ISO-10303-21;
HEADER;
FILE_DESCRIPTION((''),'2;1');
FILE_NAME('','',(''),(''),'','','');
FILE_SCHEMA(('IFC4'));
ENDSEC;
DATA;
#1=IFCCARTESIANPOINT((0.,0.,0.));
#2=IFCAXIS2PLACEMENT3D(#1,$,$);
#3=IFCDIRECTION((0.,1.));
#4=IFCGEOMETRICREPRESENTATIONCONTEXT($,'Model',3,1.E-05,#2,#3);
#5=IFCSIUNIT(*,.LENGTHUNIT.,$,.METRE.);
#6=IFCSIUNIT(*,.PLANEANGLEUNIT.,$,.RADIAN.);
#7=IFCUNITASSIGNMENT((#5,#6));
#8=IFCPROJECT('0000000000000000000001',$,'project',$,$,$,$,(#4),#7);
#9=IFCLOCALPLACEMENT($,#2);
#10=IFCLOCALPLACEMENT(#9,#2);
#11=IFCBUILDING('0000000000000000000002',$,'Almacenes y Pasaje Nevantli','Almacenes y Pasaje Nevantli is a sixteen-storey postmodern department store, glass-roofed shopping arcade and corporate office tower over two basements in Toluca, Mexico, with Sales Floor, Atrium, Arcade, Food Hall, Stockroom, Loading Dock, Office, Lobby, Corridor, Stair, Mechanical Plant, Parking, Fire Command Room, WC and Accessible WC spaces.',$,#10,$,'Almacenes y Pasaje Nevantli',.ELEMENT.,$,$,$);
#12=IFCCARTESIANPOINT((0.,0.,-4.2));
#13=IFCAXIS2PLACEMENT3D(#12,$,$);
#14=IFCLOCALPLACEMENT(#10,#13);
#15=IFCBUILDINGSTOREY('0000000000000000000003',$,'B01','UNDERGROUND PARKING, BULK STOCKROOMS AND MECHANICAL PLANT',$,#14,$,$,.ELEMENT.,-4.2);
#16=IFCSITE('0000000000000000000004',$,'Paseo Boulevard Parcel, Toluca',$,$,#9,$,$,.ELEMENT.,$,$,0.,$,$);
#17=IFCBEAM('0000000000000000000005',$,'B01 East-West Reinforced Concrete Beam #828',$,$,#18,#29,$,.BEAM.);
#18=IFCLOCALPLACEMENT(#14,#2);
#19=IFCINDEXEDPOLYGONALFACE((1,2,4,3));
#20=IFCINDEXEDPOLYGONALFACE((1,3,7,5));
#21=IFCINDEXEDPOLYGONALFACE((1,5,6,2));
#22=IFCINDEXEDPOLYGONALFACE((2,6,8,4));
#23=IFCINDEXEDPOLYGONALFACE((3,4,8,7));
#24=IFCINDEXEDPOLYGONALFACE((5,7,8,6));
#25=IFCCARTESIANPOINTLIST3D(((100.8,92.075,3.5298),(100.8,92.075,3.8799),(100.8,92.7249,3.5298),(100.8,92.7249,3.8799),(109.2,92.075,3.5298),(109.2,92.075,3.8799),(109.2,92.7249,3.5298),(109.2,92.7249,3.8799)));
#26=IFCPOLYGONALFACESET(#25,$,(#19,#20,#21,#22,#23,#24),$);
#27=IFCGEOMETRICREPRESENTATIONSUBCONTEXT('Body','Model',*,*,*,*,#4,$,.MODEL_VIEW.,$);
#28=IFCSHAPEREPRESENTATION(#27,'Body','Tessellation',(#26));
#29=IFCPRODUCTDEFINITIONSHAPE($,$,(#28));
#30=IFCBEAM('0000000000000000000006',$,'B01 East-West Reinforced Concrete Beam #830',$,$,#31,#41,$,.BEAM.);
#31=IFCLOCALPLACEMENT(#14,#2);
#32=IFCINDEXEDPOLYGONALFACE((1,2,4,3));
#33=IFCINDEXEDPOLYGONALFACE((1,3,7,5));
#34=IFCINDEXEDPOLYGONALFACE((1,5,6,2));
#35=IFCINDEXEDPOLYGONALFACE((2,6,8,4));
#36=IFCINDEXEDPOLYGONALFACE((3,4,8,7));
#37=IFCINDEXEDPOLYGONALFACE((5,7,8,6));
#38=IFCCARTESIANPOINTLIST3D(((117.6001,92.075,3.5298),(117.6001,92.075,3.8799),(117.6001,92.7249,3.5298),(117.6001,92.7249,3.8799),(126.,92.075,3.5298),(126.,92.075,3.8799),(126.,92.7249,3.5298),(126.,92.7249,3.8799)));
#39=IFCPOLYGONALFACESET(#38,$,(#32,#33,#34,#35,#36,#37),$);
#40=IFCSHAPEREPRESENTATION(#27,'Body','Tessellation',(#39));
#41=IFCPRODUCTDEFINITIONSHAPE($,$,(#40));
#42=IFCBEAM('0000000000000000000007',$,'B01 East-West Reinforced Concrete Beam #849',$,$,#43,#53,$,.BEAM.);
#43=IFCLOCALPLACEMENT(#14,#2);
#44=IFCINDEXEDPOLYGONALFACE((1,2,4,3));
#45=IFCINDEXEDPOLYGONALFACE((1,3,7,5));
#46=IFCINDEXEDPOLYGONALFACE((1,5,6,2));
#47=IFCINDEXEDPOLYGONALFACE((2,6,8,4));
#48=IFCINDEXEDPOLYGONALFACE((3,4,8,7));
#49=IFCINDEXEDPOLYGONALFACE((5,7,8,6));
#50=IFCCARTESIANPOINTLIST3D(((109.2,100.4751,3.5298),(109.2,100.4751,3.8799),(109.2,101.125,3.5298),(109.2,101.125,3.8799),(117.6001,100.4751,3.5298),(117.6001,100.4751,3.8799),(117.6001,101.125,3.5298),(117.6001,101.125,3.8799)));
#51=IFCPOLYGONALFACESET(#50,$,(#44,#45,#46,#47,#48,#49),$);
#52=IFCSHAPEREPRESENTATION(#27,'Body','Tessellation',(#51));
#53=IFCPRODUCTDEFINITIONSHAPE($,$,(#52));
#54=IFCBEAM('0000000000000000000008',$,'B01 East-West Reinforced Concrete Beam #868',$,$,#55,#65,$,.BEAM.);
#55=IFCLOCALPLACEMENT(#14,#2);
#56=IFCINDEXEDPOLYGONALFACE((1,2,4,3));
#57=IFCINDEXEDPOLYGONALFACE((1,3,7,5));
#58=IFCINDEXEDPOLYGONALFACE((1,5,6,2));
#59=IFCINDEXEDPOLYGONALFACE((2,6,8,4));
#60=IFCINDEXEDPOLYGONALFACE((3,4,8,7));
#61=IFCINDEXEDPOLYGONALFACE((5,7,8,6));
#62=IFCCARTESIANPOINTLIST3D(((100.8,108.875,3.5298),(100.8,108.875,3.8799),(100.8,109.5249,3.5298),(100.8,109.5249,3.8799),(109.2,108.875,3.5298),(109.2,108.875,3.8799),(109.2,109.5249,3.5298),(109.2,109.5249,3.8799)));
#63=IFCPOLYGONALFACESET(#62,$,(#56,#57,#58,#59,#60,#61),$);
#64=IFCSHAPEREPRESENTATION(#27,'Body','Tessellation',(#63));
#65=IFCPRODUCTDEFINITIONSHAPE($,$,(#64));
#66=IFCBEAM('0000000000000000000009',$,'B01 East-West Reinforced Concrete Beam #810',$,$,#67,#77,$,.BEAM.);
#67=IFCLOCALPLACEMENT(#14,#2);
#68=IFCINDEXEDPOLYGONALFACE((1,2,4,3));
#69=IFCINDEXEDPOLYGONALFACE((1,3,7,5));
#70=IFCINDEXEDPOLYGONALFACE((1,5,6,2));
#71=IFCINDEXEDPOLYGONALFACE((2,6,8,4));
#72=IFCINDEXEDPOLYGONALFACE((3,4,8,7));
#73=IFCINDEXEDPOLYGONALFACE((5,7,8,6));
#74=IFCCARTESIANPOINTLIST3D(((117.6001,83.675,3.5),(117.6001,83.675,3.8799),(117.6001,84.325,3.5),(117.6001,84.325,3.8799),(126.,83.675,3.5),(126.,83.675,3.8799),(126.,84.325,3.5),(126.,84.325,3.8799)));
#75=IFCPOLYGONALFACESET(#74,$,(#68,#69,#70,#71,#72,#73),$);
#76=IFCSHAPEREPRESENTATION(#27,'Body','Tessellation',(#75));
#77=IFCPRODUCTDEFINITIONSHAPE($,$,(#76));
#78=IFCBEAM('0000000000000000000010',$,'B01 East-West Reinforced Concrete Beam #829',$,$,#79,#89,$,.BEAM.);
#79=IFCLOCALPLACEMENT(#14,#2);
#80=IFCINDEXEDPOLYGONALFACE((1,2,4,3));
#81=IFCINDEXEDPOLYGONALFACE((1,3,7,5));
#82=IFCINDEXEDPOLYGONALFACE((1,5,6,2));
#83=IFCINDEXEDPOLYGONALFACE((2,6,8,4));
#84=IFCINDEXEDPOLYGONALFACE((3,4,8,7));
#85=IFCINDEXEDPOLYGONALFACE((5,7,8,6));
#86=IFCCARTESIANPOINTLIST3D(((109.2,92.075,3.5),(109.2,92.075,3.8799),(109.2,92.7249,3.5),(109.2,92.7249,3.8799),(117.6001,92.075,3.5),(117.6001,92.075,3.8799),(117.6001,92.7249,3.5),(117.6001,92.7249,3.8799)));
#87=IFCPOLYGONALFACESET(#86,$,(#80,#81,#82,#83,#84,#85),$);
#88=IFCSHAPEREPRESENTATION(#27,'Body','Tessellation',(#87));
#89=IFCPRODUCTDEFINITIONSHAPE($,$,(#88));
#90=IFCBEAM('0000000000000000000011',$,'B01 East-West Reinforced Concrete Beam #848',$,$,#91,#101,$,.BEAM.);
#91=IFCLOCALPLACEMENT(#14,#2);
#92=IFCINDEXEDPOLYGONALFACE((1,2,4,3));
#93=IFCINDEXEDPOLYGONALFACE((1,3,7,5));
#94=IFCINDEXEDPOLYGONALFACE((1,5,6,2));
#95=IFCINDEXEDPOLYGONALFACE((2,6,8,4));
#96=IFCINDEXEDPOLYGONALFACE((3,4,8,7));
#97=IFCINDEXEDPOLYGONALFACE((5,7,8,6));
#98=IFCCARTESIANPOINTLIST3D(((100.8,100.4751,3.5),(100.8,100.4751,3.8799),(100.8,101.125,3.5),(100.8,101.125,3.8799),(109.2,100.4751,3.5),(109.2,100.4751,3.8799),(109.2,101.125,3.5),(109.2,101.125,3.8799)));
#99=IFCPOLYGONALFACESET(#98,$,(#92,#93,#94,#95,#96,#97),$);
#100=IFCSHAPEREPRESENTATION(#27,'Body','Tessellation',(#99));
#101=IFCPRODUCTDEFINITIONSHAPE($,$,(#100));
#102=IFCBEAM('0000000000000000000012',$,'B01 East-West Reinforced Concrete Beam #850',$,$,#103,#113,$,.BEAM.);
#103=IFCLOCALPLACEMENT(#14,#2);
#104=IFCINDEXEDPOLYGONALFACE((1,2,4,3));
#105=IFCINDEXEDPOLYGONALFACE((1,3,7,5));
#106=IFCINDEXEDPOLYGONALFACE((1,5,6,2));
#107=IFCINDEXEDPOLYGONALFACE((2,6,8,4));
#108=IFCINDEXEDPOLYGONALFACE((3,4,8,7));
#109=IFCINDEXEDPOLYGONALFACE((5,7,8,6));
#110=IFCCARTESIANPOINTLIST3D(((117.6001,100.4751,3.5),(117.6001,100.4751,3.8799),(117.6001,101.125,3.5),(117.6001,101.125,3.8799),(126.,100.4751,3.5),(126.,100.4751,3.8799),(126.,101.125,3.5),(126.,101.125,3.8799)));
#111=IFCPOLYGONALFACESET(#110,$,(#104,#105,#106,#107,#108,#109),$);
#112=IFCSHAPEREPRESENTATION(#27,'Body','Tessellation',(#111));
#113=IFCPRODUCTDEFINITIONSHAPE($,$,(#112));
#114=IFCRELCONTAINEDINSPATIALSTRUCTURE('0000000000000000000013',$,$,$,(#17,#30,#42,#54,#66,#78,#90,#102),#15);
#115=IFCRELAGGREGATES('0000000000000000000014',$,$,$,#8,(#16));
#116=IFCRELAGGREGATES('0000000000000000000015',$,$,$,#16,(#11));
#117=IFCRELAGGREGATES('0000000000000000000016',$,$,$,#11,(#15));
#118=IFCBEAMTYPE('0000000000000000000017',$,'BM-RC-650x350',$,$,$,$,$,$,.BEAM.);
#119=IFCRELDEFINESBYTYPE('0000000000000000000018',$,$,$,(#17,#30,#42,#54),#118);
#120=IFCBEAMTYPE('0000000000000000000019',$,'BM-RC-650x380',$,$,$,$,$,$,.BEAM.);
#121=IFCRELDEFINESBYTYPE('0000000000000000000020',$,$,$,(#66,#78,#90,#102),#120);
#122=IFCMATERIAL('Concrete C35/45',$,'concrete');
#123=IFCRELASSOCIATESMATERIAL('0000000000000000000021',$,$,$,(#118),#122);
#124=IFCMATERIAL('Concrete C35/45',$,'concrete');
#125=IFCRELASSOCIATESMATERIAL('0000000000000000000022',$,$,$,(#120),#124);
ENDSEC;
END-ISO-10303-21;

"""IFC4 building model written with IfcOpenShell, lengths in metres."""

from ifc_helpers import new_model, si_unit, direction, frame, origin, origin_2d, place, context, subcontext, project, spatial, rectangle, extrude, material, material_profile, profile_set, type_object, element, save


model = new_model("IFC4")

# Units and contexts
model_context = context("Model", 3, precision=1e-05, world=origin(), true_north=direction((0.0, 1.0)))
body_context = subcontext(model_context, "Body", "Model", "MODEL_VIEW")
ifc_project = project(units=[si_unit("LENGTHUNIT", "METRE"), si_unit("PLANEANGLEUNIT", "RADIAN")], contexts=[model_context])

# Site, building, storey
site_placement = place(None, origin())
site = spatial("IfcSite", under=ifc_project, at=site_placement, Name="Paseo Boulevard Parcel, Toluca", CompositionType="ELEMENT", RefElevation=0.0)
building_placement = place(site_placement, origin())
building = spatial("IfcBuilding", under=site, at=building_placement, Name="Almacenes y Pasaje Nevantli", Description="Almacenes y Pasaje Nevantli is a sixteen-storey postmodern department store, glass-roofed shopping arcade and corporate office tower over two basements in Toluca, Mexico, with Sales Floor, Atrium, Arcade, Food Hall, Stockroom, Loading Dock, Office, Lobby, Corridor, Stair, Mechanical Plant, Parking, Fire Command Room, WC and Accessible WC spaces.", LongName="Almacenes y Pasaje Nevantli", CompositionType="ELEMENT")
storey_placement = place(building_placement, frame((0.0, 0.0, -4.2)))
storey = spatial("IfcBuildingStorey", under=building, at=storey_placement, Name="B01", Description="UNDERGROUND PARKING, BULK STOCKROOMS AND MECHANICAL PLANT", CompositionType="ELEMENT", Elevation=-4.2)

# Beams
ifc_material_1 = material(Name="Concrete C35/45", Category="concrete")
ifc_material_profile_1 = material_profile(ifc_material_1, rectangle(XDim=0.6499, YDim=0.3501, at=origin_2d()), Name="RC-BM-650x350")
ifc_profile_set_1 = profile_set([ifc_material_profile_1], Name="Concrete C35/45")
beam_type_1 = type_object("IfcBeamType", Name="BM-RC-650x350", PredefinedType="BEAM", material=ifc_profile_set_1)
for number, where, z_axis, x_axis, name in (
    (1, (100.8, 92.3999, 3.7048), (1.0, 0.0, 0.0), (0.0, 1.0, 0.0), "B01 East-West Reinforced Concrete Beam #828"),
    (2, (117.6001, 92.3999, 3.7048), (1.0, 0.0, 0.0), (0.0, 1.0, 0.0), "B01 East-West Reinforced Concrete Beam #830"),
):
    element("IfcBeam", number, at=place(storey_placement, frame(where, z_axis=z_axis, x_axis=x_axis)), inside=storey, type_object=beam_type_1, Name=name, PredefinedType="BEAM", context=body_context, shape_type="SweptSolid", body=[
        extrude(rectangle(XDim=0.6499, YDim=0.3501, at=origin_2d()), origin(), (0.0, 0.0, 1.0), 8.3999),
    ])
beam_1_placement = place(storey_placement, frame((109.2, 100.8, 3.7048), z_axis=(1.0, 0.0, 0.0), x_axis=(0.0, 1.0, 0.0)))
element("IfcBeam", 3, at=beam_1_placement, inside=storey, type_object=beam_type_1, Name="B01 East-West Reinforced Concrete Beam #849", PredefinedType="BEAM", context=body_context, shape_type="SweptSolid", body=[
    extrude(rectangle(XDim=0.6499, YDim=0.3501, at=origin_2d()), origin(), (0.0, 0.0, 1.0), 8.4001),
])
beam_2_placement = place(storey_placement, frame((100.8, 109.2, 3.7048), z_axis=(1.0, 0.0, 0.0), x_axis=(0.0, 1.0, 0.0)))
element("IfcBeam", 4, at=beam_2_placement, inside=storey, type_object=beam_type_1, Name="B01 East-West Reinforced Concrete Beam #868", PredefinedType="BEAM", context=body_context, shape_type="SweptSolid", body=[
    extrude(rectangle(XDim=0.6499, YDim=0.3501, at=origin_2d()), origin(), (0.0, 0.0, 1.0), 8.3999),
])
ifc_material_2 = material(Name="Concrete C35/45", Category="concrete")
ifc_material_profile_2 = material_profile(ifc_material_2, rectangle(XDim=0.6499, YDim=0.3799, at=origin_2d()), Name="RC-BM-650x380")
ifc_profile_set_2 = profile_set([ifc_material_profile_2], Name="Concrete C35/45")
beam_type_2 = type_object("IfcBeamType", Name="BM-RC-650x380", PredefinedType="BEAM", material=ifc_profile_set_2)
beam_3_placement = place(storey_placement, frame((117.6001, 84.0, 3.6899), z_axis=(1.0, 0.0, 0.0), x_axis=(0.0, 1.0, 0.0)))
element("IfcBeam", 5, at=beam_3_placement, inside=storey, type_object=beam_type_2, Name="B01 East-West Reinforced Concrete Beam #810", PredefinedType="BEAM", context=body_context, shape_type="SweptSolid", body=[
    extrude(rectangle(XDim=0.6499, YDim=0.3799, at=origin_2d()), origin(), (0.0, 0.0, 1.0), 8.3999),
])
beam_4_placement = place(storey_placement, frame((109.2, 92.3999, 3.6899), z_axis=(1.0, 0.0, 0.0), x_axis=(0.0, 1.0, 0.0)))
element("IfcBeam", 6, at=beam_4_placement, inside=storey, type_object=beam_type_2, Name="B01 East-West Reinforced Concrete Beam #829", PredefinedType="BEAM", context=body_context, shape_type="SweptSolid", body=[
    extrude(rectangle(XDim=0.6499, YDim=0.3799, at=origin_2d()), origin(), (0.0, 0.0, 1.0), 8.4001),
])
for number, where, z_axis, x_axis, name in (
    (7, (100.8, 100.8, 3.6899), (1.0, 0.0, 0.0), (0.0, 1.0, 0.0), "B01 East-West Reinforced Concrete Beam #848"),
    (8, (117.6001, 100.8, 3.6899), (1.0, 0.0, 0.0), (0.0, 1.0, 0.0), "B01 East-West Reinforced Concrete Beam #850"),
):
    element("IfcBeam", number, at=place(storey_placement, frame(where, z_axis=z_axis, x_axis=x_axis)), inside=storey, type_object=beam_type_2, Name=name, PredefinedType="BEAM", context=body_context, shape_type="SweptSolid", body=[
        extrude(rectangle(XDim=0.6499, YDim=0.3799, at=origin_2d()), origin(), (0.0, 0.0, 1.0), 8.3999),
    ])

save(model, "model.ifc")
